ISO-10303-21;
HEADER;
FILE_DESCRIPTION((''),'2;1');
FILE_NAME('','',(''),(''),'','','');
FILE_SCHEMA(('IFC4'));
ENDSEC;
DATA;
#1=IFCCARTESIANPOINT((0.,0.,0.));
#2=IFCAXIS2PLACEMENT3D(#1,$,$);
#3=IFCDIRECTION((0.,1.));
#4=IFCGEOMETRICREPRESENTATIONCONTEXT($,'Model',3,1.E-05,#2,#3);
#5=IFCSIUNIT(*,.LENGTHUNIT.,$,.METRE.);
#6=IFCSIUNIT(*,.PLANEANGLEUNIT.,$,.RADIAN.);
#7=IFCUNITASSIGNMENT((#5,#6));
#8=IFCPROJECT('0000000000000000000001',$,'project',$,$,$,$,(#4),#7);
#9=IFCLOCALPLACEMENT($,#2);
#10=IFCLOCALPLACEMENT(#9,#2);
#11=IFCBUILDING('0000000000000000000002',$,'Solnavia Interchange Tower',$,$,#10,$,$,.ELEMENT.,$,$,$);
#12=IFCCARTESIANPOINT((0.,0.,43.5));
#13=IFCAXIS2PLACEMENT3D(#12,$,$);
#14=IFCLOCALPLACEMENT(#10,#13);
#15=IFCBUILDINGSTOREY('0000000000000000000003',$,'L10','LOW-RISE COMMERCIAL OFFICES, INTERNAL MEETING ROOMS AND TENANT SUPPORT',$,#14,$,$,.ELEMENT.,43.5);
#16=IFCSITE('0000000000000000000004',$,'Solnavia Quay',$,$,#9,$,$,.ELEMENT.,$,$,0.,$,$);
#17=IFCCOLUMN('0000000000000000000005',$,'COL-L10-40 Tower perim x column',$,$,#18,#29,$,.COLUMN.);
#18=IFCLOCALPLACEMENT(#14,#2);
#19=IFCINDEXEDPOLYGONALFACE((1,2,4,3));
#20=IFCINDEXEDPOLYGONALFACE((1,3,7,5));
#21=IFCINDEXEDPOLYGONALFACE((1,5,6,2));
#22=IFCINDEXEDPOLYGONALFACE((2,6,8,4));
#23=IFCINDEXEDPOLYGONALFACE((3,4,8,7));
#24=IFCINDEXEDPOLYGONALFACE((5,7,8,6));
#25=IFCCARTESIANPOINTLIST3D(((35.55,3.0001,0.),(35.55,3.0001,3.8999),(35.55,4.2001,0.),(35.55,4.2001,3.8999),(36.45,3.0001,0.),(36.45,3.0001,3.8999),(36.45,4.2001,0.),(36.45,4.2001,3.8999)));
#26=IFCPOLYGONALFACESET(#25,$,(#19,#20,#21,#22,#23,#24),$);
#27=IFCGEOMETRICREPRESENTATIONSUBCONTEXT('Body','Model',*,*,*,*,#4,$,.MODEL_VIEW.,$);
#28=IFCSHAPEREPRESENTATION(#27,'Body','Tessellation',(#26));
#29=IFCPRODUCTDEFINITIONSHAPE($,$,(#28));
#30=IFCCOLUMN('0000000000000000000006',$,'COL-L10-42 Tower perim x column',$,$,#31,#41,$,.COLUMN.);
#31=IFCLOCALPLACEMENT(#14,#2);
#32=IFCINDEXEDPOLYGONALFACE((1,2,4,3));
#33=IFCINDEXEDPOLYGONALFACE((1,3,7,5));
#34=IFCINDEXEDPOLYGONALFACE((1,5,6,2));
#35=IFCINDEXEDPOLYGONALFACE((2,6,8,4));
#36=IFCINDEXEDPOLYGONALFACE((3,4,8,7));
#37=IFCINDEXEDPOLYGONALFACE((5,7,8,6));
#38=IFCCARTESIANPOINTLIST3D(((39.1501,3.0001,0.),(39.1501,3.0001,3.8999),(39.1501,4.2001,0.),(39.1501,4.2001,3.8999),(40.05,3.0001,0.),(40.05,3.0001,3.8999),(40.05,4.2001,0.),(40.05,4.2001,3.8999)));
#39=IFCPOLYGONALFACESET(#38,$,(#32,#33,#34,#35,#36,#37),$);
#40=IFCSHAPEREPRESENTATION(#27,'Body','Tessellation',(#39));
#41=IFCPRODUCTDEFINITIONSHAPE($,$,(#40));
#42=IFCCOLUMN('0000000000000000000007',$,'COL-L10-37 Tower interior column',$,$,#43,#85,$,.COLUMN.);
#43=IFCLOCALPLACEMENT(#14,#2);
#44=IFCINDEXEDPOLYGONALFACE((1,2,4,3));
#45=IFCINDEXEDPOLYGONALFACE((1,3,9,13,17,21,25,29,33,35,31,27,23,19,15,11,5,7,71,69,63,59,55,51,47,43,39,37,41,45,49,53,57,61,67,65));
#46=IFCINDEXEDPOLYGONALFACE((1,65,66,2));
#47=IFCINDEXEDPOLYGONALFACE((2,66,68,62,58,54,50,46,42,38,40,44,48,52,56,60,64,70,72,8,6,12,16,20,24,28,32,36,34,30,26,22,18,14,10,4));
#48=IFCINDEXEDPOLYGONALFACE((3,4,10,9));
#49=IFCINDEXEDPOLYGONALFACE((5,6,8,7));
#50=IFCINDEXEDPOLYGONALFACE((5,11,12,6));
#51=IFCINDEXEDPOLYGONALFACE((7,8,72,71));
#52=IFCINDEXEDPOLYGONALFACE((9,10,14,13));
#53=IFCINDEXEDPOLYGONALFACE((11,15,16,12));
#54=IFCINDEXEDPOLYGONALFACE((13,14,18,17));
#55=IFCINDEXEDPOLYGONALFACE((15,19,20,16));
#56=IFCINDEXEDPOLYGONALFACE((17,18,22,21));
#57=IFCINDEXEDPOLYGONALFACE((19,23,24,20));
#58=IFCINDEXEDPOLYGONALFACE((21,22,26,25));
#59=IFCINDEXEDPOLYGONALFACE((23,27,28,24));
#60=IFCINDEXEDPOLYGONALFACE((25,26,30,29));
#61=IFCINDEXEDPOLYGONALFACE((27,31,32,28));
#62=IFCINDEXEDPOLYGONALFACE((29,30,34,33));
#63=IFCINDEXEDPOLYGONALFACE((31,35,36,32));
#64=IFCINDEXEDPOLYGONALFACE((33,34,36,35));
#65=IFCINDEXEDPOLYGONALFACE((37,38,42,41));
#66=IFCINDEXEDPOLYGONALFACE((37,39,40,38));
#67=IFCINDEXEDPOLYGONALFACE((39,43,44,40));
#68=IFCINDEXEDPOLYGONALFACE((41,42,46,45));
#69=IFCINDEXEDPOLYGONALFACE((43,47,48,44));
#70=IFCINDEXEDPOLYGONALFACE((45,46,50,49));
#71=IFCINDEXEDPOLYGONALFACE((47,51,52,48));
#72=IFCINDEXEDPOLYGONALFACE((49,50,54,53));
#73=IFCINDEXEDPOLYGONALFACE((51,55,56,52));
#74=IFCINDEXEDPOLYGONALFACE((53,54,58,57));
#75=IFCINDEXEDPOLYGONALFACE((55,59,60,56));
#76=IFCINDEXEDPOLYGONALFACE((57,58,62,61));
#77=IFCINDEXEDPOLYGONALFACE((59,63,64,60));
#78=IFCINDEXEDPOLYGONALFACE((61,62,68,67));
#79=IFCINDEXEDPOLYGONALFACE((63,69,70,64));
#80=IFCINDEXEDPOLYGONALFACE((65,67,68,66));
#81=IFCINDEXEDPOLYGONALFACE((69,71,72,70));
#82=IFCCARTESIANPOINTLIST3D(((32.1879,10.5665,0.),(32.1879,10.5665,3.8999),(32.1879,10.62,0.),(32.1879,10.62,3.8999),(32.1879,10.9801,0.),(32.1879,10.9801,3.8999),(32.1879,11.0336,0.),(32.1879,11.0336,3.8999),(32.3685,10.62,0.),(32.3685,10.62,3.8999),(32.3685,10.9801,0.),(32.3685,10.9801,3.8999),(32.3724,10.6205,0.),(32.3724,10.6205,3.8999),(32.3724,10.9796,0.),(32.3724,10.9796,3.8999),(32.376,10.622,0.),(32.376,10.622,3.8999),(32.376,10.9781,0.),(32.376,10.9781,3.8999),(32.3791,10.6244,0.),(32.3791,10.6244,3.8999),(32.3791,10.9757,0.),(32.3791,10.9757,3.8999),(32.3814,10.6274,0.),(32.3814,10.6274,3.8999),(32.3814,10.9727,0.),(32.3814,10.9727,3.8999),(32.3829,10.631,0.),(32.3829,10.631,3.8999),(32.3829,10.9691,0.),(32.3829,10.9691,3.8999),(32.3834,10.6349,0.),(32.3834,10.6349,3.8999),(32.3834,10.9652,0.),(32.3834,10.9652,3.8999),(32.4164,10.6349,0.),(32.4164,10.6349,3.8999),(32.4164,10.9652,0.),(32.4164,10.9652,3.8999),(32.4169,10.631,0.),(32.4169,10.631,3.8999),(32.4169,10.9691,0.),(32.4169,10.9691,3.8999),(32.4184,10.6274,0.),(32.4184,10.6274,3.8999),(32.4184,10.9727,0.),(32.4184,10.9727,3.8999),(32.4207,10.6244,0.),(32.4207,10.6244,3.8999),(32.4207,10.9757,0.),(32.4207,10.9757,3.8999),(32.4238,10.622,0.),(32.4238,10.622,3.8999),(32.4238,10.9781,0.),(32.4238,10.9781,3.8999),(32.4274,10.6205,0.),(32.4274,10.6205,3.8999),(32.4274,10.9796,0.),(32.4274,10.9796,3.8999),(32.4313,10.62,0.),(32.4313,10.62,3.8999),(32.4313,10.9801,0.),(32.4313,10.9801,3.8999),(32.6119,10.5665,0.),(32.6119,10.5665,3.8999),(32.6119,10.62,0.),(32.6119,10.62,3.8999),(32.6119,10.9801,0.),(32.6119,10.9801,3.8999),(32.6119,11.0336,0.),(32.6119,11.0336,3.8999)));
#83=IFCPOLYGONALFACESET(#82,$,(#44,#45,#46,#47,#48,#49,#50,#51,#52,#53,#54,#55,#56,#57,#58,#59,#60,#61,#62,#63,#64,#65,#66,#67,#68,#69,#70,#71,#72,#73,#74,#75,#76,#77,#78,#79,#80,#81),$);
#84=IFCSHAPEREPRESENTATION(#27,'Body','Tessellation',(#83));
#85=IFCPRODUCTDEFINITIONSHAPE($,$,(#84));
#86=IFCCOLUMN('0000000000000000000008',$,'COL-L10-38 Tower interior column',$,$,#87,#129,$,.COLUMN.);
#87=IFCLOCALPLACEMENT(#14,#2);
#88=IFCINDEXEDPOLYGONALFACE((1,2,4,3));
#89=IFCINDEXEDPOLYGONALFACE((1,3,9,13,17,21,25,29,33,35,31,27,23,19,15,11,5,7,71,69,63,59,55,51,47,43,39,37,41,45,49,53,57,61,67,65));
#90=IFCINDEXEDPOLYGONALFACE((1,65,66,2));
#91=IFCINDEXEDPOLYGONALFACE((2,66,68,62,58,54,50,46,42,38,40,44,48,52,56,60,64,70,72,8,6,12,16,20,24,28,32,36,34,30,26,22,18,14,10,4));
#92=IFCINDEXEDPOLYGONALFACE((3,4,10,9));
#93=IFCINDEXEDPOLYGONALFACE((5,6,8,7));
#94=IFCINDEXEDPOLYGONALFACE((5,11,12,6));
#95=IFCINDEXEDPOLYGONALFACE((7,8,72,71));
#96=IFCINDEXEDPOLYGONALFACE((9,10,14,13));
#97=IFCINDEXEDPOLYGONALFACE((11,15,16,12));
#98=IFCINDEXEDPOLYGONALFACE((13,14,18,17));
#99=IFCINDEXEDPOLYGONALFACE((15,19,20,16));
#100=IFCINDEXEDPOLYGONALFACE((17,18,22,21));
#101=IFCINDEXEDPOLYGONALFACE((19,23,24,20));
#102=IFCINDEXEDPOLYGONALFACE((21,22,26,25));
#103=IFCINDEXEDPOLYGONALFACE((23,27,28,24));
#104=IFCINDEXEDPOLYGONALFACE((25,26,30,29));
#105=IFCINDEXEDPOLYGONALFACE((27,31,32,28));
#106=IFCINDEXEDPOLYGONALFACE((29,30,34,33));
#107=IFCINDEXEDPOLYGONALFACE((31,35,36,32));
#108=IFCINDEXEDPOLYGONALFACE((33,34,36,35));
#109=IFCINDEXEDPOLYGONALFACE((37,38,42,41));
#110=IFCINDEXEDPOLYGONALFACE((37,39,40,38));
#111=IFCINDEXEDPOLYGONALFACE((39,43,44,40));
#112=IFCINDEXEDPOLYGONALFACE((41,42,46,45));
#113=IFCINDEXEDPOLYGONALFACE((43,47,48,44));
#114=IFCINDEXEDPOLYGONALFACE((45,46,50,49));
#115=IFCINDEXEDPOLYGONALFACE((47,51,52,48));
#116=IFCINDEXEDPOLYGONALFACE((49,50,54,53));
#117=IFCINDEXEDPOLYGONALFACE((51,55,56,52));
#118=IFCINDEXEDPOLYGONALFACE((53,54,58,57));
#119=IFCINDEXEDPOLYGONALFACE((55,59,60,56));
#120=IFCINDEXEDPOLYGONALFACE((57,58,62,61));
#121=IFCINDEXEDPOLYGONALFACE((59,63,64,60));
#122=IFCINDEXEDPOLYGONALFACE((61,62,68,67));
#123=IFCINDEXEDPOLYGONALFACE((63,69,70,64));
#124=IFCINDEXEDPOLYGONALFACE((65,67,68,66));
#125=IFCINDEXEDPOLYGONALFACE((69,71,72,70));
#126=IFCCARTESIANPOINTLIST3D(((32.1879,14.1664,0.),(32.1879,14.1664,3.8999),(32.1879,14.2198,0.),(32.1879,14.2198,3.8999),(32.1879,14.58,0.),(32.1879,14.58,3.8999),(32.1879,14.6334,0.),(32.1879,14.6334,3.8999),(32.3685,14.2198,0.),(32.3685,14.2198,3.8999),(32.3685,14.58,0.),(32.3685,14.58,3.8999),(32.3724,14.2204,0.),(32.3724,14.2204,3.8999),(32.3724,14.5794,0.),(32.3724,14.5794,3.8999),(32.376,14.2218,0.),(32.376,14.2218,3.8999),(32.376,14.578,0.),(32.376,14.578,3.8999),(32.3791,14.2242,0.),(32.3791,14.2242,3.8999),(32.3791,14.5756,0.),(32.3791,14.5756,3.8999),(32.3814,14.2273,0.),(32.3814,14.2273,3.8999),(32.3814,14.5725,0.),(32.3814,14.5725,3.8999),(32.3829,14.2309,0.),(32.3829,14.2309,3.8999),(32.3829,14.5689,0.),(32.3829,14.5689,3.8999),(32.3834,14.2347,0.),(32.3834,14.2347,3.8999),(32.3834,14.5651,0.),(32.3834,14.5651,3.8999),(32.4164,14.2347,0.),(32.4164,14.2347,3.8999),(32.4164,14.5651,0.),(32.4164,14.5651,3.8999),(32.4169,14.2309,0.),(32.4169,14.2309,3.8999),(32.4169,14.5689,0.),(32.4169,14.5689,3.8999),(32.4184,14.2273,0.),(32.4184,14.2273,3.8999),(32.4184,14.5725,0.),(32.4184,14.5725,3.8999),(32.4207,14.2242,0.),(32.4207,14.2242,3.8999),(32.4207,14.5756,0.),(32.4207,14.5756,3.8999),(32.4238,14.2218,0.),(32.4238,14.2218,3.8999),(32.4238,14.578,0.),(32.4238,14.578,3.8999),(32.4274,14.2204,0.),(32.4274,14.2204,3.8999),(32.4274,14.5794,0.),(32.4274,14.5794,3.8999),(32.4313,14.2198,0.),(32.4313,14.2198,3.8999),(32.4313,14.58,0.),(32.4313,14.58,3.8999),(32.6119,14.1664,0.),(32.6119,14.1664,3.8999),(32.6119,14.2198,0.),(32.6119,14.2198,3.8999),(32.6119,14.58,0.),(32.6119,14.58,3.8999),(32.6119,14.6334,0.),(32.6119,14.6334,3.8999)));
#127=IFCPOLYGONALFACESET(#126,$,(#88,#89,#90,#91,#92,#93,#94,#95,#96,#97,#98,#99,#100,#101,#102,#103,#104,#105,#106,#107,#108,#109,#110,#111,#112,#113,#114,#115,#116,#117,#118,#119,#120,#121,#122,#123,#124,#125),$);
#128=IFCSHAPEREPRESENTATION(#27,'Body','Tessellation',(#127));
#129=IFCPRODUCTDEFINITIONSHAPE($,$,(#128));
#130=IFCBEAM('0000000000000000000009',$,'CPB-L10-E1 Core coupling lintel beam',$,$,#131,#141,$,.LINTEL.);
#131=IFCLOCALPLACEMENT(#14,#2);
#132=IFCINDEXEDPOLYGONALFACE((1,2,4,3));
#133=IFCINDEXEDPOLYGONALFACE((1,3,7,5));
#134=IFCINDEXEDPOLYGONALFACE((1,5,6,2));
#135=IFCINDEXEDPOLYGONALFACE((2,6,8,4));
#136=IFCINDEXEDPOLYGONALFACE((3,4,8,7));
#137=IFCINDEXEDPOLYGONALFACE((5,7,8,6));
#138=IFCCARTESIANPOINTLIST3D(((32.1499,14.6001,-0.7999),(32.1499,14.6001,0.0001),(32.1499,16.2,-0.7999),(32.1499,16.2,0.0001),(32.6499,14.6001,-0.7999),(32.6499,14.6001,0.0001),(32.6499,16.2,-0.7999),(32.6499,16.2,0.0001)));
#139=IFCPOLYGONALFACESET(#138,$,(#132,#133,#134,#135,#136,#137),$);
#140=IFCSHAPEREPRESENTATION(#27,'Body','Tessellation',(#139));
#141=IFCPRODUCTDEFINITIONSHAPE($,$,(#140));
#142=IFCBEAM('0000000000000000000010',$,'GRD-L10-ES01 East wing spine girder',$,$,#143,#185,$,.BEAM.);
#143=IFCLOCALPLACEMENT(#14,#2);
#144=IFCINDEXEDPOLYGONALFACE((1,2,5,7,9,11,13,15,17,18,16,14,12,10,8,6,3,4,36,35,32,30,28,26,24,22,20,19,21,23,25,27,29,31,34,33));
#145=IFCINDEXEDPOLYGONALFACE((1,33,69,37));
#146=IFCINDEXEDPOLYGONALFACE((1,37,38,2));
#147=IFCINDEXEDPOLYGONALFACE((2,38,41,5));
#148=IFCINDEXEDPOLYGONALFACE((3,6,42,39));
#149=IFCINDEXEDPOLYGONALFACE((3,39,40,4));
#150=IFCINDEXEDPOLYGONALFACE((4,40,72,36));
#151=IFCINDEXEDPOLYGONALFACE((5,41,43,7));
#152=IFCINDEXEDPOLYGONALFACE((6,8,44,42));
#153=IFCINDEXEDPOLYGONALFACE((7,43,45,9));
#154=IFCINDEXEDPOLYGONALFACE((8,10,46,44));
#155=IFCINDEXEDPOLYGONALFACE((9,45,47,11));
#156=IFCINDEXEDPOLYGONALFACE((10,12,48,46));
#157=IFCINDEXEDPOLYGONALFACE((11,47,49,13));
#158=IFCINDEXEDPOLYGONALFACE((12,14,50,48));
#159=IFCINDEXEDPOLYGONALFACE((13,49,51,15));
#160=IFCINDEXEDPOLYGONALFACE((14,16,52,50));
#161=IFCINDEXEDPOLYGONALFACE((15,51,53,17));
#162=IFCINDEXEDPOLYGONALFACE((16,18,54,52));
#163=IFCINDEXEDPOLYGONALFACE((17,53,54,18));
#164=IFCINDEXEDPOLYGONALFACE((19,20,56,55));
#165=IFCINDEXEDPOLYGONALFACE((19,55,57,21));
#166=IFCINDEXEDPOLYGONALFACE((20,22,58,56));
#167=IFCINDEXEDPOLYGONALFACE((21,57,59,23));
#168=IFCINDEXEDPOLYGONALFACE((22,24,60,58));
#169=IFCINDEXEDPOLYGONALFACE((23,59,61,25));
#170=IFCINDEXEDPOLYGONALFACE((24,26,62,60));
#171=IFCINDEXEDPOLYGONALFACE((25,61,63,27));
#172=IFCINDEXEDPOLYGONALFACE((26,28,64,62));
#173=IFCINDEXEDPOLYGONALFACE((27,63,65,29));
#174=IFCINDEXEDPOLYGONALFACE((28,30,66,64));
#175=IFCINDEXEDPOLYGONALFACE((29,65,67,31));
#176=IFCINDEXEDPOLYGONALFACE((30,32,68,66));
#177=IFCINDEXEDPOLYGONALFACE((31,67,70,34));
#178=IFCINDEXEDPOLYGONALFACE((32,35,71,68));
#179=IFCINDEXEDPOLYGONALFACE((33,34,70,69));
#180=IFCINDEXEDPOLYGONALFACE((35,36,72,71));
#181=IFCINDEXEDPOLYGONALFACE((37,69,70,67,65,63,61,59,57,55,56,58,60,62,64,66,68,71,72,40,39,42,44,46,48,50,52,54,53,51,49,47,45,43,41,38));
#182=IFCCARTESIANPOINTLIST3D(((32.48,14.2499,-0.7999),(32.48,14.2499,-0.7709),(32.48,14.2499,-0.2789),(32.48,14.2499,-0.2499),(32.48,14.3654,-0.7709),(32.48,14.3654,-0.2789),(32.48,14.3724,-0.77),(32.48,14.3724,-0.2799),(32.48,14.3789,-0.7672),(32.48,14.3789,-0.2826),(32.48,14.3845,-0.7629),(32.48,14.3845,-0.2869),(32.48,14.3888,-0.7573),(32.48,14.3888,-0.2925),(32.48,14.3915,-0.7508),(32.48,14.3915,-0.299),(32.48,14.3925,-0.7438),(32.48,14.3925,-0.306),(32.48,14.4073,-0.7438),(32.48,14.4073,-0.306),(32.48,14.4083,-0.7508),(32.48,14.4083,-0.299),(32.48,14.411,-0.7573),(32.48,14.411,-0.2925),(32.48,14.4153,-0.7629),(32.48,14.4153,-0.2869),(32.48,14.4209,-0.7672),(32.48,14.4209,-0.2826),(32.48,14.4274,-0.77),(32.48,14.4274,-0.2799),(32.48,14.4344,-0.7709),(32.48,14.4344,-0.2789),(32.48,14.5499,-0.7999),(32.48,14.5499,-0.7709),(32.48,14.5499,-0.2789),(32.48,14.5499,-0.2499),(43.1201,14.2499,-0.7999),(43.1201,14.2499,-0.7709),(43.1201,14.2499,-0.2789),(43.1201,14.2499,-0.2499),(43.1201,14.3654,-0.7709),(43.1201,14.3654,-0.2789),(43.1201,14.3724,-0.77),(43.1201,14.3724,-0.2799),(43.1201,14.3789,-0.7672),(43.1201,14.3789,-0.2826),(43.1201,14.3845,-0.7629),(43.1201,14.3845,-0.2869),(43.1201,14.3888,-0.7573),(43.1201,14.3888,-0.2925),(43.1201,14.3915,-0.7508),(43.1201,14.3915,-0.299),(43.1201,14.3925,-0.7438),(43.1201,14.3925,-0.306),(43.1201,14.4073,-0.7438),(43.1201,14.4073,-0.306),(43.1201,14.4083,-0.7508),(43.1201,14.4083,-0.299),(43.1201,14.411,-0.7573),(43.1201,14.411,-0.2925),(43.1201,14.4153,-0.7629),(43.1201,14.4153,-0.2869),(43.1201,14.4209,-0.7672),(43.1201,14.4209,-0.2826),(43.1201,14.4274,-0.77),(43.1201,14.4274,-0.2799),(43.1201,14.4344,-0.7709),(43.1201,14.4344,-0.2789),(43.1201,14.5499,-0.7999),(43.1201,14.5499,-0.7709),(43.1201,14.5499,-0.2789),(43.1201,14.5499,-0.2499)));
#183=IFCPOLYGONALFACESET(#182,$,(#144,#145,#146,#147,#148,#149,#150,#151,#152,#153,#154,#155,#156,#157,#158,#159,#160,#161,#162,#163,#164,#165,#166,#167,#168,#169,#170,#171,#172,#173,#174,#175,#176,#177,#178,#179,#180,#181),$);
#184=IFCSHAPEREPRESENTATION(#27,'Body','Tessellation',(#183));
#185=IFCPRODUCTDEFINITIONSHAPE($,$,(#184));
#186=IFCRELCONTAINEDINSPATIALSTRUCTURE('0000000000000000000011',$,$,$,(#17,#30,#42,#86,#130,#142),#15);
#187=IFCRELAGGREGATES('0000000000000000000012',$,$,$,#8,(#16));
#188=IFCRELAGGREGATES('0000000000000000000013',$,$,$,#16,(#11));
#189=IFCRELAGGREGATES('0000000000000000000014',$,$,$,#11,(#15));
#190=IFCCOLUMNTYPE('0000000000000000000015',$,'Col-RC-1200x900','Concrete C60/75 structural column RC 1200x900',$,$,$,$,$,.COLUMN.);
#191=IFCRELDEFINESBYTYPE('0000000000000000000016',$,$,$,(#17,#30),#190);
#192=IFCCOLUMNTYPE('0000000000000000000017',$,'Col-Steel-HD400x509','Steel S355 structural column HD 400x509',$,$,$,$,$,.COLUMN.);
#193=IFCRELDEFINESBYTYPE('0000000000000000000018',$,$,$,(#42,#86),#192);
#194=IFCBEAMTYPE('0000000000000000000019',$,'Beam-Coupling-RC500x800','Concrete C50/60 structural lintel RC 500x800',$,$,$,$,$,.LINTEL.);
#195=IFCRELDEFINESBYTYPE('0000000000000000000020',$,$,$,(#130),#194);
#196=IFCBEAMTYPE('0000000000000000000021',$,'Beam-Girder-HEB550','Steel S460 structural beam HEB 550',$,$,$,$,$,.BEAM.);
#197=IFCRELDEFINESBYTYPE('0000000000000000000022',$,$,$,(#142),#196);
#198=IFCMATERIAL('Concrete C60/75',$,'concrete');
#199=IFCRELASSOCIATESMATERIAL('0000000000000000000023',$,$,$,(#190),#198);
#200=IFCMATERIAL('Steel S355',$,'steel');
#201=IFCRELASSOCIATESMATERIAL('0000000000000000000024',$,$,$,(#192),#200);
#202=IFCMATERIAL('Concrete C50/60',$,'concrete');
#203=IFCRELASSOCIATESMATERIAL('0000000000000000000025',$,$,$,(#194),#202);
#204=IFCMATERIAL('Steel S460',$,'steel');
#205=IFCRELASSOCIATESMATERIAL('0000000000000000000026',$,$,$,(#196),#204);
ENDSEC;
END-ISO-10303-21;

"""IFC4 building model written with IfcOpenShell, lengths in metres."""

from ifc_helpers import new_model, si_unit, direction, frame, origin, origin_2d, place, context, subcontext, project, spatial, rectangle, i_section, extrude, material, material_profile, profile_set, type_object, element, save


model = new_model("IFC4")

# Units and contexts
model_context = context("Model", 3, precision=1e-05, world=origin(), true_north=direction((0.0, 1.0)))
body_context = subcontext(model_context, "Body", "Model", "MODEL_VIEW")
ifc_project = project(units=[si_unit("LENGTHUNIT", "METRE"), si_unit("PLANEANGLEUNIT", "RADIAN")], contexts=[model_context])

# Site, building, storey
site_placement = place(None, origin())
site = spatial("IfcSite", under=ifc_project, at=site_placement, Name="Solnavia Quay", CompositionType="ELEMENT", RefElevation=0.0)
building_placement = place(site_placement, origin())
building = spatial("IfcBuilding", under=site, at=building_placement, Name="Solnavia Interchange Tower", CompositionType="ELEMENT")
storey_placement = place(building_placement, frame((0.0, 0.0, 43.5)))
storey = spatial("IfcBuildingStorey", under=building, at=storey_placement, Name="L10", Description="LOW-RISE COMMERCIAL OFFICES, INTERNAL MEETING ROOMS AND TENANT SUPPORT", CompositionType="ELEMENT", Elevation=43.5)

# Columns
ifc_material_1 = material(Name="Concrete C60/75", Category="concrete")
ifc_material_profile_1 = material_profile(ifc_material_1, rectangle(XDim=0.8999, YDim=1.2, at=origin_2d()), Name="RC 1200x900")
ifc_profile_set_1 = profile_set([ifc_material_profile_1], Name="Concrete C60/75")
column_type_1 = type_object("IfcColumnType", Name="Col-RC-1200x900", Description="Concrete C60/75 structural column RC 1200x900", PredefinedType="COLUMN", material=ifc_profile_set_1)
for number, where, z_axis, x_axis, name in (
    (1, (36.0, 3.6001, 0.0), (0.0, 0.0, 1.0), (1.0, 0.0, 0.0), "COL-L10-40 Tower perim x column"),
    (2, (39.6001, 3.6001, 0.0), (0.0, 0.0, 1.0), (1.0, 0.0, 0.0), "COL-L10-42 Tower perim x column"),
):
    element("IfcColumn", number, at=place(storey_placement, frame(where, z_axis=z_axis, x_axis=x_axis)), inside=storey, type_object=column_type_1, Name=name, PredefinedType="COLUMN", context=body_context, shape_type="SweptSolid", body=[
        extrude(rectangle(XDim=0.8999, YDim=1.2, at=origin_2d()), origin(), (0.0, 0.0, 1.0), 3.8999),
    ])
ifc_material_2 = material(Name="Steel S355", Category="steel")
ifc_material_profile_2 = material_profile(ifc_material_2, i_section(OverallWidth=0.4241, OverallDepth=0.467, WebThickness=0.033, FlangeThickness=0.0535, FilletRadius=0.0149, at=origin_2d()), Name="HD 400x509")
ifc_profile_set_2 = profile_set([ifc_material_profile_2], Name="Steel S355")
column_type_2 = type_object("IfcColumnType", Name="Col-Steel-HD400x509", Description="Steel S355 structural column HD 400x509", PredefinedType="COLUMN", material=ifc_profile_set_2)
for number, where, z_axis, x_axis, name in (
    (3, (32.3999, 10.8, 0.0), (0.0, 0.0, 1.0), (1.0, 0.0, 0.0), "COL-L10-37 Tower interior column"),
    (4, (32.3999, 14.3999, 0.0), (0.0, 0.0, 1.0), (1.0, 0.0, 0.0), "COL-L10-38 Tower interior column"),
):
    element("IfcColumn", number, at=place(storey_placement, frame(where, z_axis=z_axis, x_axis=x_axis)), inside=storey, type_object=column_type_2, Name=name, PredefinedType="COLUMN", context=body_context, shape_type="SweptSolid", body=[
        extrude(i_section(OverallWidth=0.4241, OverallDepth=0.467, WebThickness=0.033, FlangeThickness=0.0535, FilletRadius=0.0149, at=origin_2d()), origin(), (0.0, 0.0, 1.0), 3.8999),
    ])

# Beams
ifc_material_3 = material(Name="Concrete C50/60", Category="concrete")
ifc_material_profile_3 = material_profile(ifc_material_3, rectangle(XDim=0.5, YDim=0.8, at=origin_2d()), Name="RC 500x800")
ifc_profile_set_3 = profile_set([ifc_material_profile_3], Name="Concrete C50/60")
beam_type_1 = type_object("IfcBeamType", Name="Beam-Coupling-RC500x800", Description="Concrete C50/60 structural lintel RC 500x800", PredefinedType="LINTEL", material=ifc_profile_set_3)
beam_1_placement = place(storey_placement, frame((32.3999, 14.6001, -0.3999), z_axis=(0.0, 1.0, 0.0), x_axis=(-1.0, 0.0, 0.0)))
element("IfcBeam", 5, at=beam_1_placement, inside=storey, type_object=beam_type_1, Name="CPB-L10-E1 Core coupling lintel beam", PredefinedType="LINTEL", context=body_context, shape_type="SweptSolid", body=[
    extrude(rectangle(XDim=0.5, YDim=0.8, at=origin_2d()), origin(), (0.0, 0.0, 1.0), 1.5999),
])
ifc_material_4 = material(Name="Steel S460", Category="steel")
ifc_material_profile_4 = material_profile(ifc_material_4, i_section(OverallWidth=0.3, OverallDepth=0.55, WebThickness=0.0149, FlangeThickness=0.0291, FilletRadius=0.0271, at=origin_2d()), Name="HEB 550")
ifc_profile_set_4 = profile_set([ifc_material_profile_4], Name="Steel S460")
beam_type_2 = type_object("IfcBeamType", Name="Beam-Girder-HEB550", Description="Steel S460 structural beam HEB 550", PredefinedType="BEAM", material=ifc_profile_set_4)
beam_2_placement = place(storey_placement, frame((32.48, 14.3999, -0.5249), z_axis=(1.0, 0.0, 0.0), x_axis=(0.0, 1.0, 0.0)))
element("IfcBeam", 6, at=beam_2_placement, inside=storey, type_object=beam_type_2, Name="GRD-L10-ES01 East wing spine girder", PredefinedType="BEAM", context=body_context, shape_type="SweptSolid", body=[
    extrude(i_section(OverallWidth=0.3, OverallDepth=0.55, WebThickness=0.0149, FlangeThickness=0.0291, FilletRadius=0.0271, at=origin_2d()), origin(), (0.0, 0.0, 1.0), 10.6401),
])

save(model, "model.ifc")
